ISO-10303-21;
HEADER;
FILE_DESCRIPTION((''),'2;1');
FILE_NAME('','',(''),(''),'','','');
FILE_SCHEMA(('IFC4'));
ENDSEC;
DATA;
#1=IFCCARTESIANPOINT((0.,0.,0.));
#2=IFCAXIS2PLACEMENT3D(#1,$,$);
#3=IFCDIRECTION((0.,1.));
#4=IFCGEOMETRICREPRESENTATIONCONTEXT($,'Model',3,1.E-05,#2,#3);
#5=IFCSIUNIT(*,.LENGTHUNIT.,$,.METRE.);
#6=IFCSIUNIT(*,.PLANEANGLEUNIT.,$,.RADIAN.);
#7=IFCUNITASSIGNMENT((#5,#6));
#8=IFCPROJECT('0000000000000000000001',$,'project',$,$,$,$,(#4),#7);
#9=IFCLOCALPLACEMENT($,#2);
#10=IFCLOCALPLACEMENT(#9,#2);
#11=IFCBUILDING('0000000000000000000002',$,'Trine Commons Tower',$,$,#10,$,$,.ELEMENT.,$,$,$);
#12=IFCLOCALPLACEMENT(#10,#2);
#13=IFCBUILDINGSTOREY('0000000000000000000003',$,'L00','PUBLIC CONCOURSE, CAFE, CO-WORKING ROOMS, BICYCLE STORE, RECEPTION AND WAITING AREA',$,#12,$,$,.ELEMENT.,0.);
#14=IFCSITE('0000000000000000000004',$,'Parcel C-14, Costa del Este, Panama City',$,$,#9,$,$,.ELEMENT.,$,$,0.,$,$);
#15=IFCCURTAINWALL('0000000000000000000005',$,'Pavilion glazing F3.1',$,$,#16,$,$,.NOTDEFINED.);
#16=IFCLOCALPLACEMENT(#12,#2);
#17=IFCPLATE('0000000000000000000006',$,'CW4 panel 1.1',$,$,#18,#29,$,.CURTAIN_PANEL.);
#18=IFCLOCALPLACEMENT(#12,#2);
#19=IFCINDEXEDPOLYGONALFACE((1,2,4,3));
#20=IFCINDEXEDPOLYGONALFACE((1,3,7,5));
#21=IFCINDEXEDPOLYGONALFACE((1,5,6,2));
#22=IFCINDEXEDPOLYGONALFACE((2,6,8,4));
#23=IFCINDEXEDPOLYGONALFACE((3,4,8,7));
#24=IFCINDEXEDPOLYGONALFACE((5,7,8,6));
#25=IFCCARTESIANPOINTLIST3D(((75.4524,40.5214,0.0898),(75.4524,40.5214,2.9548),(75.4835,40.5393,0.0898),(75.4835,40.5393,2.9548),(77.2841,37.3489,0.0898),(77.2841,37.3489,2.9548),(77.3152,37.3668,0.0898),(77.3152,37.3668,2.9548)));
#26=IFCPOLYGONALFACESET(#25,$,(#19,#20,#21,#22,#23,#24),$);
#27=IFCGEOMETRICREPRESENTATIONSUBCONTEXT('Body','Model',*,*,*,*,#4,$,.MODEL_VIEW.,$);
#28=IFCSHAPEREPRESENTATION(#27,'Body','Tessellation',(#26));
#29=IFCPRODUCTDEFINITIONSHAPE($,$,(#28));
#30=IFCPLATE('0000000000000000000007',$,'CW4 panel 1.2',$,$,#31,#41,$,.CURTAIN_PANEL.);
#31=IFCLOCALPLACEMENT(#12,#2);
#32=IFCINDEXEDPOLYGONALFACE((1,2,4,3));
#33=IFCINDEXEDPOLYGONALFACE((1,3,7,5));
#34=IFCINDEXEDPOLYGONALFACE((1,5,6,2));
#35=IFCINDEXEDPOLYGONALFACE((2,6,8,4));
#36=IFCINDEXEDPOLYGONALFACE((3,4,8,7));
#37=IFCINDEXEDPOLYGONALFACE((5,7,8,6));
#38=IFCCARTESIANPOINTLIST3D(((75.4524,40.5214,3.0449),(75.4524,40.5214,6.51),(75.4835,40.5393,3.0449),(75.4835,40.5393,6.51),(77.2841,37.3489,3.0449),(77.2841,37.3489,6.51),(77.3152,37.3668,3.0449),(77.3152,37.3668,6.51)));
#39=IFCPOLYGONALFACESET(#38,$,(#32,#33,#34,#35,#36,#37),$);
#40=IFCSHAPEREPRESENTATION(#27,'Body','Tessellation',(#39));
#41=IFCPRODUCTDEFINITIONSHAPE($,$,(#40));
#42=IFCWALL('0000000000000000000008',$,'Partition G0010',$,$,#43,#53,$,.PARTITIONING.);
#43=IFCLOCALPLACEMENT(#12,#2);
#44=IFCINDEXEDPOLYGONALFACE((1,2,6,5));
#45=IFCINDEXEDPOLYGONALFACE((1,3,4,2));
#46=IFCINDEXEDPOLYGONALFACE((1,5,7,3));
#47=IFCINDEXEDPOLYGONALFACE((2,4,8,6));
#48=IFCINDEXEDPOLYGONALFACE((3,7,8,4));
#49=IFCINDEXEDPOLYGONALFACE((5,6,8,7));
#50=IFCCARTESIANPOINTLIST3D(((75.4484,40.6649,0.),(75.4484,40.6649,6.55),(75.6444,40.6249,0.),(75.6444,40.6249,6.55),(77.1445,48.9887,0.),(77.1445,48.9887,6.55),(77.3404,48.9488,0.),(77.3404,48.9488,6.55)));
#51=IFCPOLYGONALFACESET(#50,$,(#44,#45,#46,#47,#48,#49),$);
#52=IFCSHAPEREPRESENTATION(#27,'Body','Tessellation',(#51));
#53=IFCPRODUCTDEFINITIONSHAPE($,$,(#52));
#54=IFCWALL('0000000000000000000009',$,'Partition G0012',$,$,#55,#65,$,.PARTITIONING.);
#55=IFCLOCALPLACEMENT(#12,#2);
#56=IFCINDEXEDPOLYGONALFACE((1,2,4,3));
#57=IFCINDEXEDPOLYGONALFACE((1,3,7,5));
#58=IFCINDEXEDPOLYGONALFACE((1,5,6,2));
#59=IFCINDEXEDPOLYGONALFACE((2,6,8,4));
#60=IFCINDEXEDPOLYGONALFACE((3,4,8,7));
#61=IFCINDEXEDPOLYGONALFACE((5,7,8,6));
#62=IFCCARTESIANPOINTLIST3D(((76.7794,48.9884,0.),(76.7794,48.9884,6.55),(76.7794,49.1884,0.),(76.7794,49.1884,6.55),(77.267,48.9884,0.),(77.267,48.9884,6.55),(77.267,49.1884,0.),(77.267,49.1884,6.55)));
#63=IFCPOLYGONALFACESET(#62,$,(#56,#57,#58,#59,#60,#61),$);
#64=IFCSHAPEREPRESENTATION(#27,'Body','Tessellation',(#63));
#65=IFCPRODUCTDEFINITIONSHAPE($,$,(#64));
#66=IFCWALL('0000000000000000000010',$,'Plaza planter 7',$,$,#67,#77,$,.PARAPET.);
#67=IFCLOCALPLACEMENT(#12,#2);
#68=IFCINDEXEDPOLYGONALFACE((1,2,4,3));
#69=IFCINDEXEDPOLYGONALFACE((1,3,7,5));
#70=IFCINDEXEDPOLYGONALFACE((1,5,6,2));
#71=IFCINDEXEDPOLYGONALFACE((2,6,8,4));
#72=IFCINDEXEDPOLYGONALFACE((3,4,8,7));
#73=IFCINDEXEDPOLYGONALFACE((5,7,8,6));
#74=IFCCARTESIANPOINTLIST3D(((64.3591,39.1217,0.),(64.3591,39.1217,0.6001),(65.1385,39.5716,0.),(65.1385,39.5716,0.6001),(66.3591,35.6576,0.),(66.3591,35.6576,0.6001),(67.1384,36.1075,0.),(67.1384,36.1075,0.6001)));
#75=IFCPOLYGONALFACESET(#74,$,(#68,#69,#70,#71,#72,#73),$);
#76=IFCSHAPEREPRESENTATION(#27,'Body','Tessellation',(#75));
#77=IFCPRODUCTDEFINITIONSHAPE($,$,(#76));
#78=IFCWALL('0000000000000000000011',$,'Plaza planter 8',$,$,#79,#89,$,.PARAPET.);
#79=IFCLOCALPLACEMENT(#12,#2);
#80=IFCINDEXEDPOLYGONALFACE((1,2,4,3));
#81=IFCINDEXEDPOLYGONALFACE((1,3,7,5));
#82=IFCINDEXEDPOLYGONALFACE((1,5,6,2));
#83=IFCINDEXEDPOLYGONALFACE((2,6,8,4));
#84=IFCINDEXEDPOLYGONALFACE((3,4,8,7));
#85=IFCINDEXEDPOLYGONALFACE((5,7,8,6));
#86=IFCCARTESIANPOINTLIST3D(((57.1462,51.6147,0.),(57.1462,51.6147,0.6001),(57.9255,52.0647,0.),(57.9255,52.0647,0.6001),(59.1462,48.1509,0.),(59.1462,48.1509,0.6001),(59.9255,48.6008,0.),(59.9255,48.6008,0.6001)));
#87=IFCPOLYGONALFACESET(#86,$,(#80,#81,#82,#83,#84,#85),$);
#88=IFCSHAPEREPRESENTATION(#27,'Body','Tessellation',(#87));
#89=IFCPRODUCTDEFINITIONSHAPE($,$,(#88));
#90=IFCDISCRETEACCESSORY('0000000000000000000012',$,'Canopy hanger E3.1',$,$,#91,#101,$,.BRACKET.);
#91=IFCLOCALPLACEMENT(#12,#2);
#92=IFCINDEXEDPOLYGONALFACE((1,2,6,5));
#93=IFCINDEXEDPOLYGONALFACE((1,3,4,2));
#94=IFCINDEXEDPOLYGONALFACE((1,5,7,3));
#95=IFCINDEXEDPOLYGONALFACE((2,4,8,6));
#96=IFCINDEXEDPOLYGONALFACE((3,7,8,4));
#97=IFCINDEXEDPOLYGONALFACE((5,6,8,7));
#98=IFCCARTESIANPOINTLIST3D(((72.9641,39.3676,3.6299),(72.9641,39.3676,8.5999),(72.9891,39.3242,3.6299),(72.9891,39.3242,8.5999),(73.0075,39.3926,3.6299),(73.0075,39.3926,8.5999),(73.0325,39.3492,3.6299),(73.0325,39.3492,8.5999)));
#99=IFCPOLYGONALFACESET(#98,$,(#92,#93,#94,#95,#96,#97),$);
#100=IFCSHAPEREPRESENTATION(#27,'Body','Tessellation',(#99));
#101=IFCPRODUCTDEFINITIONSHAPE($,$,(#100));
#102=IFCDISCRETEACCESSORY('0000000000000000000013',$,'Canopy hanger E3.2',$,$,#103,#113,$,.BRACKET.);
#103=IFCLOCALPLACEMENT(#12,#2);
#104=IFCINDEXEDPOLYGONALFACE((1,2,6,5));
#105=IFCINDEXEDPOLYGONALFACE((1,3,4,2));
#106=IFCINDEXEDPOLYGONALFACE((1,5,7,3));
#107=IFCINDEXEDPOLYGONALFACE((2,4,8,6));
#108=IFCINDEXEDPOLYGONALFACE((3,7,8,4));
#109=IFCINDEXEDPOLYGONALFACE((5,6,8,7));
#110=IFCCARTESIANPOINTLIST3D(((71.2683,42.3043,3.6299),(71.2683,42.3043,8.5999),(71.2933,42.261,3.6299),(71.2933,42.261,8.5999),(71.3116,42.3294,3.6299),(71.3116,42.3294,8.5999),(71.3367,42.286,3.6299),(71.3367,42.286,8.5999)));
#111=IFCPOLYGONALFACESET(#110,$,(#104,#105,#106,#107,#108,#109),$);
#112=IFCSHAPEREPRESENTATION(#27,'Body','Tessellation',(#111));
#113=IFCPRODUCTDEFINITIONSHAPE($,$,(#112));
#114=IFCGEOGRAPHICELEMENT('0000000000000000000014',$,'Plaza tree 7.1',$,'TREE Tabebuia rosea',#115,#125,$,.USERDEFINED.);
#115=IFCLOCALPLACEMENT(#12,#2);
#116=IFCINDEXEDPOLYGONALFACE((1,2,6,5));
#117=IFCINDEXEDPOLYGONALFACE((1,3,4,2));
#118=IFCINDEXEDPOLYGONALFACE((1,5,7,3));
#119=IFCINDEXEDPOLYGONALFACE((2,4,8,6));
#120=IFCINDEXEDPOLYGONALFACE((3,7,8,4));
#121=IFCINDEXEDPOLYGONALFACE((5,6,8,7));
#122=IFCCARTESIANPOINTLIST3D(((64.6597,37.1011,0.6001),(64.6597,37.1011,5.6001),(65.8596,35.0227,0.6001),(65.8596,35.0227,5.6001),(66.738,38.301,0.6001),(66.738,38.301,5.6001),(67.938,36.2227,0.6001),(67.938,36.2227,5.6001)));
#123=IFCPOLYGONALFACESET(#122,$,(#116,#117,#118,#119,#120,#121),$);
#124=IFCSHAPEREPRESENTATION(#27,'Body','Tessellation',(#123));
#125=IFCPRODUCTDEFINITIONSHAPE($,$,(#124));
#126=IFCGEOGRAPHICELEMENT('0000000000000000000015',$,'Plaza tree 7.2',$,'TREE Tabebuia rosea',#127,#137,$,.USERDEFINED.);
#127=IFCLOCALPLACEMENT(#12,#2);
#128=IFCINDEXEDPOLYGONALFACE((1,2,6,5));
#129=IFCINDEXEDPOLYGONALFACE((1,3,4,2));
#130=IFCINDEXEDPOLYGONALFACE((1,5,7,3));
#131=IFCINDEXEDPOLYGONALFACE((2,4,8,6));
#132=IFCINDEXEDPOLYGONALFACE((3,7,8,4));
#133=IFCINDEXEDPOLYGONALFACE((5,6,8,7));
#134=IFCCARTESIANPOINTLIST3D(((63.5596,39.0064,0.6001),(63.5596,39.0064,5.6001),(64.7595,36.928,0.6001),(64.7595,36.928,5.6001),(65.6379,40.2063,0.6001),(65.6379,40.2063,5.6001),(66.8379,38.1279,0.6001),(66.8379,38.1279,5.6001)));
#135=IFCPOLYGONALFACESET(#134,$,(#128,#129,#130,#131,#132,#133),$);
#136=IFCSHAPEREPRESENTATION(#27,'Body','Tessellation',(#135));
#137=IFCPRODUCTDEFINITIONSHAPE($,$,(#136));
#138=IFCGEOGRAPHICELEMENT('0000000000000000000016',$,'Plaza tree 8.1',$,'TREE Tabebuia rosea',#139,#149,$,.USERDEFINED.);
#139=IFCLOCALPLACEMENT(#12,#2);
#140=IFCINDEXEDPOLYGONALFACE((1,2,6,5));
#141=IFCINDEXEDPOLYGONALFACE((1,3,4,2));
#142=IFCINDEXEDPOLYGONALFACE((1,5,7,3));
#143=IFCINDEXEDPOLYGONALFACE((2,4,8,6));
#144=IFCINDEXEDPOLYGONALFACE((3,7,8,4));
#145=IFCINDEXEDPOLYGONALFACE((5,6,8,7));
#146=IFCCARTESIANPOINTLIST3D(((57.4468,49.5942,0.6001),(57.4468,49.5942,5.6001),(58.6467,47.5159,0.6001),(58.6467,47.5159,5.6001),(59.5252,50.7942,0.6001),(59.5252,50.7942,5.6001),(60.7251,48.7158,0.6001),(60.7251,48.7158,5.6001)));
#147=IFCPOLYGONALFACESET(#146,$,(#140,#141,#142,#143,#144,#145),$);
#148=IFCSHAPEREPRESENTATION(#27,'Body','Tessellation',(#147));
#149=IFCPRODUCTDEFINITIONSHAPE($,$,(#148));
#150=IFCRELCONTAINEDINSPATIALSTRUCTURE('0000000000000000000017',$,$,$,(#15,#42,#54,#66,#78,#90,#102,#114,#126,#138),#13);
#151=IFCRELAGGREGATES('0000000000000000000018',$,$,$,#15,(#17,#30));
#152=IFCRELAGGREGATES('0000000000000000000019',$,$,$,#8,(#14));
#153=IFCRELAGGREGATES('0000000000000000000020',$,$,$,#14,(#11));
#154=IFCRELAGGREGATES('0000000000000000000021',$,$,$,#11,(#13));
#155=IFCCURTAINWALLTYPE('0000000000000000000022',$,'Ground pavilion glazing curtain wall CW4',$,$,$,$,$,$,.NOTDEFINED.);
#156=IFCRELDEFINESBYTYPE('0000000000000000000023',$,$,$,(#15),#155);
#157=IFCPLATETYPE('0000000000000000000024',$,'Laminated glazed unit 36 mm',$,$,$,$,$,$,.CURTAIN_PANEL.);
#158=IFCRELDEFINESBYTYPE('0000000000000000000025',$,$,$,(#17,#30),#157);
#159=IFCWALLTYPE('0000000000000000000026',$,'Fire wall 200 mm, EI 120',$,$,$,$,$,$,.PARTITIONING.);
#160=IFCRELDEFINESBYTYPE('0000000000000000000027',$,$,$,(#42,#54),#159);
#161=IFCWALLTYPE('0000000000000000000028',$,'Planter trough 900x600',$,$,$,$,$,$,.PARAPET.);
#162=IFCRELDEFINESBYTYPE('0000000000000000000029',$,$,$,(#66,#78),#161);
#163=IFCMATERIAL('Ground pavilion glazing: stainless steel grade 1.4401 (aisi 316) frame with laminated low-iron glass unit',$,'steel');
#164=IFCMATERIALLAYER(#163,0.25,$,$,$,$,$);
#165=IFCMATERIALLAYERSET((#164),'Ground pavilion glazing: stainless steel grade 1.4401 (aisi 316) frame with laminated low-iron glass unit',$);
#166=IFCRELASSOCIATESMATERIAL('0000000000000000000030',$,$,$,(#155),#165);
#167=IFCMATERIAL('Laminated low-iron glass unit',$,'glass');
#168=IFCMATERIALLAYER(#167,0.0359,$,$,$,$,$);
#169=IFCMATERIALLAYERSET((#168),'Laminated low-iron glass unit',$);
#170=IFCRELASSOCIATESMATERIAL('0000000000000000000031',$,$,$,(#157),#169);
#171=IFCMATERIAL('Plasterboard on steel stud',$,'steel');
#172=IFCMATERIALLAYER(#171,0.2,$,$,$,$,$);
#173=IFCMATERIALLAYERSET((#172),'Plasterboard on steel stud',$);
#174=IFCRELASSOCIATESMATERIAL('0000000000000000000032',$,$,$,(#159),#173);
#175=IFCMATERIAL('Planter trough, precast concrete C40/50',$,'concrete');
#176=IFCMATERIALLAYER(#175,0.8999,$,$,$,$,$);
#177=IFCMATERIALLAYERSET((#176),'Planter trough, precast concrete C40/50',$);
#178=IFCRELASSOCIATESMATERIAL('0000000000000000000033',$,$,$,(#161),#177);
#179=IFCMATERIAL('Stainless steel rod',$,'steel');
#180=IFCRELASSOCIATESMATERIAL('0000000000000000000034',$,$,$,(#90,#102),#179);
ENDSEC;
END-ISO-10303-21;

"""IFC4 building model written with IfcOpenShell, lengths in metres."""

from ifc_helpers import new_model, si_unit, direction, frame, frame_2d, origin, origin_2d, place, context, subcontext, project, spatial, rectangle, extrude, material, layer, layer_set, type_object, element, aggregate, save


model = new_model("IFC4")

# Units and contexts
model_context = context("Model", 3, precision=1e-05, world=origin(), true_north=direction((0.0, 1.0)))
body_context = subcontext(model_context, "Body", "Model", "MODEL_VIEW")
ifc_project = project(units=[si_unit("LENGTHUNIT", "METRE"), si_unit("PLANEANGLEUNIT", "RADIAN")], contexts=[model_context])

# Site, building, storey
site_placement = place(None, origin())
site = spatial("IfcSite", under=ifc_project, at=site_placement, Name="Parcel C-14, Costa del Este, Panama City", CompositionType="ELEMENT", RefElevation=0.0)
building_placement = place(site_placement, origin())
building = spatial("IfcBuilding", under=site, at=building_placement, Name="Trine Commons Tower", CompositionType="ELEMENT")
storey_placement = place(building_placement, origin())
storey = spatial("IfcBuildingStorey", under=building, at=storey_placement, Name="L00", Description="PUBLIC CONCOURSE, CAFE, CO-WORKING ROOMS, BICYCLE STORE, RECEPTION AND WAITING AREA", CompositionType="ELEMENT", Elevation=0.0)

# Curtain wall
ifc_material_1 = material(Name="Ground pavilion glazing: stainless steel grade 1.4401 (aisi 316) frame with laminated low-iron glass unit", Category="steel")
ifc_layer_1 = layer(ifc_material_1, 0.25)
ifc_layer_set_1 = layer_set([ifc_layer_1], Name="Ground pavilion glazing: stainless steel grade 1.4401 (aisi 316) frame with laminated low-iron glass unit")
curtain_wall_type = type_object("IfcCurtainWallType", Name="Ground pavilion glazing curtain wall CW4", PredefinedType="NOTDEFINED", material=ifc_layer_set_1)
curtain_wall_1_placement = place(storey_placement, origin())
curtain_wall_1 = element("IfcCurtainWall", 1, at=curtain_wall_1_placement, inside=storey, type_object=curtain_wall_type, Name="Pavilion glazing F3.1", PredefinedType="NOTDEFINED")

# Plates
ifc_material_2 = material(Name="Laminated low-iron glass unit", Category="glass")
ifc_layer_2 = layer(ifc_material_2, 0.0359)
ifc_layer_set_2 = layer_set([ifc_layer_2], Name="Laminated low-iron glass unit")
plate_type_1 = type_object("IfcPlateType", Name="Laminated glazed unit 36 mm", PredefinedType="CURTAIN_PANEL", material=ifc_layer_set_2)
plate_1_placement = place(storey_placement, frame((76.3838, 38.9441, 0.0898), z_axis=(0.0, 0.0, 1.0), x_axis=(-0.5, 0.866025, 0.0)))
plate_1 = element("IfcPlate", 2, at=plate_1_placement, type_object=plate_type_1, Name="CW4 panel 1.1", PredefinedType="CURTAIN_PANEL", context=body_context, shape_type="SweptSolid", body=[
    extrude(rectangle(XDim=3.6633, YDim=0.0359, at=origin_2d()), origin(), (0.0, 0.0, 1.0), 2.865),
])
plate_2_placement = place(storey_placement, frame((76.3838, 38.9441, 3.0449), z_axis=(0.0, 0.0, 1.0), x_axis=(-0.5, 0.866025, 0.0)))
plate_2 = element("IfcPlate", 3, at=plate_2_placement, type_object=plate_type_1, Name="CW4 panel 1.2", PredefinedType="CURTAIN_PANEL", context=body_context, shape_type="SweptSolid", body=[
    extrude(rectangle(XDim=3.6633, YDim=0.0359, at=origin_2d()), origin(), (0.0, 0.0, 1.0), 3.4651),
])
aggregate(curtain_wall_1, [plate_1, plate_2])

# Walls
ifc_material_3 = material(Name="Plasterboard on steel stud", Category="steel")
ifc_layer_3 = layer(ifc_material_3, 0.2)
ifc_layer_set_3 = layer_set([ifc_layer_3], Name="Plasterboard on steel stud")
wall_type_1 = type_object("IfcWallType", Name="Fire wall 200 mm, EI 120", PredefinedType="PARTITIONING", material=ifc_layer_set_3)
wall_1_placement = place(storey_placement, frame((75.5464, 40.6448, 0.0), z_axis=(0.0, 0.0, 1.0), x_axis=(0.199658, 0.979866, 0.0)))
element("IfcWall", 4, at=wall_1_placement, inside=storey, type_object=wall_type_1, Name="Partition G0010", PredefinedType="PARTITIONING", context=body_context, shape_type="SweptSolid", body=[
    extrude(rectangle(XDim=8.4949, YDim=0.2, at=frame_2d((4.2476, 0.0))), origin(), (0.0, 0.0, 1.0), 6.55),
])
wall_2_placement = place(storey_placement, frame((76.7795, 49.0884, 0.0), z_axis=(0.0, 0.0, 1.0), x_axis=(1.0, 0.0, 0.0)))
element("IfcWall", 5, at=wall_2_placement, inside=storey, type_object=wall_type_1, Name="Partition G0012", PredefinedType="PARTITIONING", context=body_context, shape_type="SweptSolid", body=[
    extrude(rectangle(XDim=0.4875, YDim=0.2, at=frame_2d((0.2437, 0.0))), origin(), (0.0, 0.0, 1.0), 6.55),
])
ifc_material_4 = material(Name="Planter trough, precast concrete C40/50", Category="concrete")
ifc_layer_4 = layer(ifc_material_4, 0.8999)
ifc_layer_set_4 = layer_set([ifc_layer_4], Name="Planter trough, precast concrete C40/50")
wall_type_2 = type_object("IfcWallType", Name="Planter trough 900x600", PredefinedType="PARAPET", material=ifc_layer_set_4)
wall_3_placement = place(storey_placement, frame((66.7488, 35.8826, 0.0), z_axis=(0.0, 0.0, 1.0), x_axis=(-0.499999, 0.866026, 0.0)))
element("IfcWall", 6, at=wall_3_placement, inside=storey, type_object=wall_type_2, Name="Plaza planter 7", PredefinedType="PARAPET", context=body_context, shape_type="SweptSolid", body=[
    extrude(rectangle(XDim=4.0, YDim=0.8999, at=frame_2d((2.0, 0.0))), origin(), (0.0, 0.0, 1.0), 0.6001),
])
wall_4_placement = place(storey_placement, frame((59.5359, 48.3757, 0.0), z_axis=(0.0, 0.0, 1.0), x_axis=(-0.500025, 0.866011, 0.0)))
element("IfcWall", 7, at=wall_4_placement, inside=storey, type_object=wall_type_2, Name="Plaza planter 8", PredefinedType="PARAPET", context=body_context, shape_type="SweptSolid", body=[
    extrude(rectangle(XDim=3.9998, YDim=0.8999, at=frame_2d((2.0, 0.0))), origin(), (0.0, 0.0, 1.0), 0.6001),
])

# Discrete accessories
ifc_material_5 = material(Name="Stainless steel rod", Category="steel")
for number, where, z_axis, x_axis, name in (
    (8, (72.9983, 39.3584, 3.6299), (0.0, 0.0, 1.0), (-0.5, 0.866025, 0.0), "Canopy hanger E3.1"),
    (9, (71.3025, 42.2952, 3.6299), (0.0, 0.0, 1.0), (-0.5, 0.866025, 0.0), "Canopy hanger E3.2"),
):
    element("IfcDiscreteAccessory", number, at=place(storey_placement, frame(where, z_axis=z_axis, x_axis=x_axis)), inside=storey, material=ifc_material_5, Name=name, PredefinedType="BRACKET", context=body_context, shape_type="SweptSolid", body=[
        extrude(rectangle(XDim=0.05, YDim=0.05, at=origin_2d()), origin(), (0.0, 0.0, 1.0), 4.97),
    ])

# Geographic elements
for number, where, z_axis, x_axis, name in (
    (10, (66.2988, 36.6619, 0.6001), (0.0, 0.0, 1.0), (-0.5, 0.866025, 0.0), "Plaza tree 7.1"),
    (11, (65.1987, 38.5671, 0.6001), (0.0, 0.0, 1.0), (-0.5, 0.866025, 0.0), "Plaza tree 7.2"),
    (12, (59.0859, 49.155, 0.6001), (0.0, 0.0, 1.0), (-0.5, 0.866025, 0.0), "Plaza tree 8.1"),
):
    element("IfcGeographicElement", number, at=place(storey_placement, frame(where, z_axis=z_axis, x_axis=x_axis)), inside=storey, Name=name, ObjectType="TREE Tabebuia rosea", PredefinedType="USERDEFINED", context=body_context, shape_type="SweptSolid", body=[
        extrude(rectangle(XDim=2.3999, YDim=2.3999, at=origin_2d()), origin(), (0.0, 0.0, 1.0), 5.0),
    ])

save(model, "model.ifc")
